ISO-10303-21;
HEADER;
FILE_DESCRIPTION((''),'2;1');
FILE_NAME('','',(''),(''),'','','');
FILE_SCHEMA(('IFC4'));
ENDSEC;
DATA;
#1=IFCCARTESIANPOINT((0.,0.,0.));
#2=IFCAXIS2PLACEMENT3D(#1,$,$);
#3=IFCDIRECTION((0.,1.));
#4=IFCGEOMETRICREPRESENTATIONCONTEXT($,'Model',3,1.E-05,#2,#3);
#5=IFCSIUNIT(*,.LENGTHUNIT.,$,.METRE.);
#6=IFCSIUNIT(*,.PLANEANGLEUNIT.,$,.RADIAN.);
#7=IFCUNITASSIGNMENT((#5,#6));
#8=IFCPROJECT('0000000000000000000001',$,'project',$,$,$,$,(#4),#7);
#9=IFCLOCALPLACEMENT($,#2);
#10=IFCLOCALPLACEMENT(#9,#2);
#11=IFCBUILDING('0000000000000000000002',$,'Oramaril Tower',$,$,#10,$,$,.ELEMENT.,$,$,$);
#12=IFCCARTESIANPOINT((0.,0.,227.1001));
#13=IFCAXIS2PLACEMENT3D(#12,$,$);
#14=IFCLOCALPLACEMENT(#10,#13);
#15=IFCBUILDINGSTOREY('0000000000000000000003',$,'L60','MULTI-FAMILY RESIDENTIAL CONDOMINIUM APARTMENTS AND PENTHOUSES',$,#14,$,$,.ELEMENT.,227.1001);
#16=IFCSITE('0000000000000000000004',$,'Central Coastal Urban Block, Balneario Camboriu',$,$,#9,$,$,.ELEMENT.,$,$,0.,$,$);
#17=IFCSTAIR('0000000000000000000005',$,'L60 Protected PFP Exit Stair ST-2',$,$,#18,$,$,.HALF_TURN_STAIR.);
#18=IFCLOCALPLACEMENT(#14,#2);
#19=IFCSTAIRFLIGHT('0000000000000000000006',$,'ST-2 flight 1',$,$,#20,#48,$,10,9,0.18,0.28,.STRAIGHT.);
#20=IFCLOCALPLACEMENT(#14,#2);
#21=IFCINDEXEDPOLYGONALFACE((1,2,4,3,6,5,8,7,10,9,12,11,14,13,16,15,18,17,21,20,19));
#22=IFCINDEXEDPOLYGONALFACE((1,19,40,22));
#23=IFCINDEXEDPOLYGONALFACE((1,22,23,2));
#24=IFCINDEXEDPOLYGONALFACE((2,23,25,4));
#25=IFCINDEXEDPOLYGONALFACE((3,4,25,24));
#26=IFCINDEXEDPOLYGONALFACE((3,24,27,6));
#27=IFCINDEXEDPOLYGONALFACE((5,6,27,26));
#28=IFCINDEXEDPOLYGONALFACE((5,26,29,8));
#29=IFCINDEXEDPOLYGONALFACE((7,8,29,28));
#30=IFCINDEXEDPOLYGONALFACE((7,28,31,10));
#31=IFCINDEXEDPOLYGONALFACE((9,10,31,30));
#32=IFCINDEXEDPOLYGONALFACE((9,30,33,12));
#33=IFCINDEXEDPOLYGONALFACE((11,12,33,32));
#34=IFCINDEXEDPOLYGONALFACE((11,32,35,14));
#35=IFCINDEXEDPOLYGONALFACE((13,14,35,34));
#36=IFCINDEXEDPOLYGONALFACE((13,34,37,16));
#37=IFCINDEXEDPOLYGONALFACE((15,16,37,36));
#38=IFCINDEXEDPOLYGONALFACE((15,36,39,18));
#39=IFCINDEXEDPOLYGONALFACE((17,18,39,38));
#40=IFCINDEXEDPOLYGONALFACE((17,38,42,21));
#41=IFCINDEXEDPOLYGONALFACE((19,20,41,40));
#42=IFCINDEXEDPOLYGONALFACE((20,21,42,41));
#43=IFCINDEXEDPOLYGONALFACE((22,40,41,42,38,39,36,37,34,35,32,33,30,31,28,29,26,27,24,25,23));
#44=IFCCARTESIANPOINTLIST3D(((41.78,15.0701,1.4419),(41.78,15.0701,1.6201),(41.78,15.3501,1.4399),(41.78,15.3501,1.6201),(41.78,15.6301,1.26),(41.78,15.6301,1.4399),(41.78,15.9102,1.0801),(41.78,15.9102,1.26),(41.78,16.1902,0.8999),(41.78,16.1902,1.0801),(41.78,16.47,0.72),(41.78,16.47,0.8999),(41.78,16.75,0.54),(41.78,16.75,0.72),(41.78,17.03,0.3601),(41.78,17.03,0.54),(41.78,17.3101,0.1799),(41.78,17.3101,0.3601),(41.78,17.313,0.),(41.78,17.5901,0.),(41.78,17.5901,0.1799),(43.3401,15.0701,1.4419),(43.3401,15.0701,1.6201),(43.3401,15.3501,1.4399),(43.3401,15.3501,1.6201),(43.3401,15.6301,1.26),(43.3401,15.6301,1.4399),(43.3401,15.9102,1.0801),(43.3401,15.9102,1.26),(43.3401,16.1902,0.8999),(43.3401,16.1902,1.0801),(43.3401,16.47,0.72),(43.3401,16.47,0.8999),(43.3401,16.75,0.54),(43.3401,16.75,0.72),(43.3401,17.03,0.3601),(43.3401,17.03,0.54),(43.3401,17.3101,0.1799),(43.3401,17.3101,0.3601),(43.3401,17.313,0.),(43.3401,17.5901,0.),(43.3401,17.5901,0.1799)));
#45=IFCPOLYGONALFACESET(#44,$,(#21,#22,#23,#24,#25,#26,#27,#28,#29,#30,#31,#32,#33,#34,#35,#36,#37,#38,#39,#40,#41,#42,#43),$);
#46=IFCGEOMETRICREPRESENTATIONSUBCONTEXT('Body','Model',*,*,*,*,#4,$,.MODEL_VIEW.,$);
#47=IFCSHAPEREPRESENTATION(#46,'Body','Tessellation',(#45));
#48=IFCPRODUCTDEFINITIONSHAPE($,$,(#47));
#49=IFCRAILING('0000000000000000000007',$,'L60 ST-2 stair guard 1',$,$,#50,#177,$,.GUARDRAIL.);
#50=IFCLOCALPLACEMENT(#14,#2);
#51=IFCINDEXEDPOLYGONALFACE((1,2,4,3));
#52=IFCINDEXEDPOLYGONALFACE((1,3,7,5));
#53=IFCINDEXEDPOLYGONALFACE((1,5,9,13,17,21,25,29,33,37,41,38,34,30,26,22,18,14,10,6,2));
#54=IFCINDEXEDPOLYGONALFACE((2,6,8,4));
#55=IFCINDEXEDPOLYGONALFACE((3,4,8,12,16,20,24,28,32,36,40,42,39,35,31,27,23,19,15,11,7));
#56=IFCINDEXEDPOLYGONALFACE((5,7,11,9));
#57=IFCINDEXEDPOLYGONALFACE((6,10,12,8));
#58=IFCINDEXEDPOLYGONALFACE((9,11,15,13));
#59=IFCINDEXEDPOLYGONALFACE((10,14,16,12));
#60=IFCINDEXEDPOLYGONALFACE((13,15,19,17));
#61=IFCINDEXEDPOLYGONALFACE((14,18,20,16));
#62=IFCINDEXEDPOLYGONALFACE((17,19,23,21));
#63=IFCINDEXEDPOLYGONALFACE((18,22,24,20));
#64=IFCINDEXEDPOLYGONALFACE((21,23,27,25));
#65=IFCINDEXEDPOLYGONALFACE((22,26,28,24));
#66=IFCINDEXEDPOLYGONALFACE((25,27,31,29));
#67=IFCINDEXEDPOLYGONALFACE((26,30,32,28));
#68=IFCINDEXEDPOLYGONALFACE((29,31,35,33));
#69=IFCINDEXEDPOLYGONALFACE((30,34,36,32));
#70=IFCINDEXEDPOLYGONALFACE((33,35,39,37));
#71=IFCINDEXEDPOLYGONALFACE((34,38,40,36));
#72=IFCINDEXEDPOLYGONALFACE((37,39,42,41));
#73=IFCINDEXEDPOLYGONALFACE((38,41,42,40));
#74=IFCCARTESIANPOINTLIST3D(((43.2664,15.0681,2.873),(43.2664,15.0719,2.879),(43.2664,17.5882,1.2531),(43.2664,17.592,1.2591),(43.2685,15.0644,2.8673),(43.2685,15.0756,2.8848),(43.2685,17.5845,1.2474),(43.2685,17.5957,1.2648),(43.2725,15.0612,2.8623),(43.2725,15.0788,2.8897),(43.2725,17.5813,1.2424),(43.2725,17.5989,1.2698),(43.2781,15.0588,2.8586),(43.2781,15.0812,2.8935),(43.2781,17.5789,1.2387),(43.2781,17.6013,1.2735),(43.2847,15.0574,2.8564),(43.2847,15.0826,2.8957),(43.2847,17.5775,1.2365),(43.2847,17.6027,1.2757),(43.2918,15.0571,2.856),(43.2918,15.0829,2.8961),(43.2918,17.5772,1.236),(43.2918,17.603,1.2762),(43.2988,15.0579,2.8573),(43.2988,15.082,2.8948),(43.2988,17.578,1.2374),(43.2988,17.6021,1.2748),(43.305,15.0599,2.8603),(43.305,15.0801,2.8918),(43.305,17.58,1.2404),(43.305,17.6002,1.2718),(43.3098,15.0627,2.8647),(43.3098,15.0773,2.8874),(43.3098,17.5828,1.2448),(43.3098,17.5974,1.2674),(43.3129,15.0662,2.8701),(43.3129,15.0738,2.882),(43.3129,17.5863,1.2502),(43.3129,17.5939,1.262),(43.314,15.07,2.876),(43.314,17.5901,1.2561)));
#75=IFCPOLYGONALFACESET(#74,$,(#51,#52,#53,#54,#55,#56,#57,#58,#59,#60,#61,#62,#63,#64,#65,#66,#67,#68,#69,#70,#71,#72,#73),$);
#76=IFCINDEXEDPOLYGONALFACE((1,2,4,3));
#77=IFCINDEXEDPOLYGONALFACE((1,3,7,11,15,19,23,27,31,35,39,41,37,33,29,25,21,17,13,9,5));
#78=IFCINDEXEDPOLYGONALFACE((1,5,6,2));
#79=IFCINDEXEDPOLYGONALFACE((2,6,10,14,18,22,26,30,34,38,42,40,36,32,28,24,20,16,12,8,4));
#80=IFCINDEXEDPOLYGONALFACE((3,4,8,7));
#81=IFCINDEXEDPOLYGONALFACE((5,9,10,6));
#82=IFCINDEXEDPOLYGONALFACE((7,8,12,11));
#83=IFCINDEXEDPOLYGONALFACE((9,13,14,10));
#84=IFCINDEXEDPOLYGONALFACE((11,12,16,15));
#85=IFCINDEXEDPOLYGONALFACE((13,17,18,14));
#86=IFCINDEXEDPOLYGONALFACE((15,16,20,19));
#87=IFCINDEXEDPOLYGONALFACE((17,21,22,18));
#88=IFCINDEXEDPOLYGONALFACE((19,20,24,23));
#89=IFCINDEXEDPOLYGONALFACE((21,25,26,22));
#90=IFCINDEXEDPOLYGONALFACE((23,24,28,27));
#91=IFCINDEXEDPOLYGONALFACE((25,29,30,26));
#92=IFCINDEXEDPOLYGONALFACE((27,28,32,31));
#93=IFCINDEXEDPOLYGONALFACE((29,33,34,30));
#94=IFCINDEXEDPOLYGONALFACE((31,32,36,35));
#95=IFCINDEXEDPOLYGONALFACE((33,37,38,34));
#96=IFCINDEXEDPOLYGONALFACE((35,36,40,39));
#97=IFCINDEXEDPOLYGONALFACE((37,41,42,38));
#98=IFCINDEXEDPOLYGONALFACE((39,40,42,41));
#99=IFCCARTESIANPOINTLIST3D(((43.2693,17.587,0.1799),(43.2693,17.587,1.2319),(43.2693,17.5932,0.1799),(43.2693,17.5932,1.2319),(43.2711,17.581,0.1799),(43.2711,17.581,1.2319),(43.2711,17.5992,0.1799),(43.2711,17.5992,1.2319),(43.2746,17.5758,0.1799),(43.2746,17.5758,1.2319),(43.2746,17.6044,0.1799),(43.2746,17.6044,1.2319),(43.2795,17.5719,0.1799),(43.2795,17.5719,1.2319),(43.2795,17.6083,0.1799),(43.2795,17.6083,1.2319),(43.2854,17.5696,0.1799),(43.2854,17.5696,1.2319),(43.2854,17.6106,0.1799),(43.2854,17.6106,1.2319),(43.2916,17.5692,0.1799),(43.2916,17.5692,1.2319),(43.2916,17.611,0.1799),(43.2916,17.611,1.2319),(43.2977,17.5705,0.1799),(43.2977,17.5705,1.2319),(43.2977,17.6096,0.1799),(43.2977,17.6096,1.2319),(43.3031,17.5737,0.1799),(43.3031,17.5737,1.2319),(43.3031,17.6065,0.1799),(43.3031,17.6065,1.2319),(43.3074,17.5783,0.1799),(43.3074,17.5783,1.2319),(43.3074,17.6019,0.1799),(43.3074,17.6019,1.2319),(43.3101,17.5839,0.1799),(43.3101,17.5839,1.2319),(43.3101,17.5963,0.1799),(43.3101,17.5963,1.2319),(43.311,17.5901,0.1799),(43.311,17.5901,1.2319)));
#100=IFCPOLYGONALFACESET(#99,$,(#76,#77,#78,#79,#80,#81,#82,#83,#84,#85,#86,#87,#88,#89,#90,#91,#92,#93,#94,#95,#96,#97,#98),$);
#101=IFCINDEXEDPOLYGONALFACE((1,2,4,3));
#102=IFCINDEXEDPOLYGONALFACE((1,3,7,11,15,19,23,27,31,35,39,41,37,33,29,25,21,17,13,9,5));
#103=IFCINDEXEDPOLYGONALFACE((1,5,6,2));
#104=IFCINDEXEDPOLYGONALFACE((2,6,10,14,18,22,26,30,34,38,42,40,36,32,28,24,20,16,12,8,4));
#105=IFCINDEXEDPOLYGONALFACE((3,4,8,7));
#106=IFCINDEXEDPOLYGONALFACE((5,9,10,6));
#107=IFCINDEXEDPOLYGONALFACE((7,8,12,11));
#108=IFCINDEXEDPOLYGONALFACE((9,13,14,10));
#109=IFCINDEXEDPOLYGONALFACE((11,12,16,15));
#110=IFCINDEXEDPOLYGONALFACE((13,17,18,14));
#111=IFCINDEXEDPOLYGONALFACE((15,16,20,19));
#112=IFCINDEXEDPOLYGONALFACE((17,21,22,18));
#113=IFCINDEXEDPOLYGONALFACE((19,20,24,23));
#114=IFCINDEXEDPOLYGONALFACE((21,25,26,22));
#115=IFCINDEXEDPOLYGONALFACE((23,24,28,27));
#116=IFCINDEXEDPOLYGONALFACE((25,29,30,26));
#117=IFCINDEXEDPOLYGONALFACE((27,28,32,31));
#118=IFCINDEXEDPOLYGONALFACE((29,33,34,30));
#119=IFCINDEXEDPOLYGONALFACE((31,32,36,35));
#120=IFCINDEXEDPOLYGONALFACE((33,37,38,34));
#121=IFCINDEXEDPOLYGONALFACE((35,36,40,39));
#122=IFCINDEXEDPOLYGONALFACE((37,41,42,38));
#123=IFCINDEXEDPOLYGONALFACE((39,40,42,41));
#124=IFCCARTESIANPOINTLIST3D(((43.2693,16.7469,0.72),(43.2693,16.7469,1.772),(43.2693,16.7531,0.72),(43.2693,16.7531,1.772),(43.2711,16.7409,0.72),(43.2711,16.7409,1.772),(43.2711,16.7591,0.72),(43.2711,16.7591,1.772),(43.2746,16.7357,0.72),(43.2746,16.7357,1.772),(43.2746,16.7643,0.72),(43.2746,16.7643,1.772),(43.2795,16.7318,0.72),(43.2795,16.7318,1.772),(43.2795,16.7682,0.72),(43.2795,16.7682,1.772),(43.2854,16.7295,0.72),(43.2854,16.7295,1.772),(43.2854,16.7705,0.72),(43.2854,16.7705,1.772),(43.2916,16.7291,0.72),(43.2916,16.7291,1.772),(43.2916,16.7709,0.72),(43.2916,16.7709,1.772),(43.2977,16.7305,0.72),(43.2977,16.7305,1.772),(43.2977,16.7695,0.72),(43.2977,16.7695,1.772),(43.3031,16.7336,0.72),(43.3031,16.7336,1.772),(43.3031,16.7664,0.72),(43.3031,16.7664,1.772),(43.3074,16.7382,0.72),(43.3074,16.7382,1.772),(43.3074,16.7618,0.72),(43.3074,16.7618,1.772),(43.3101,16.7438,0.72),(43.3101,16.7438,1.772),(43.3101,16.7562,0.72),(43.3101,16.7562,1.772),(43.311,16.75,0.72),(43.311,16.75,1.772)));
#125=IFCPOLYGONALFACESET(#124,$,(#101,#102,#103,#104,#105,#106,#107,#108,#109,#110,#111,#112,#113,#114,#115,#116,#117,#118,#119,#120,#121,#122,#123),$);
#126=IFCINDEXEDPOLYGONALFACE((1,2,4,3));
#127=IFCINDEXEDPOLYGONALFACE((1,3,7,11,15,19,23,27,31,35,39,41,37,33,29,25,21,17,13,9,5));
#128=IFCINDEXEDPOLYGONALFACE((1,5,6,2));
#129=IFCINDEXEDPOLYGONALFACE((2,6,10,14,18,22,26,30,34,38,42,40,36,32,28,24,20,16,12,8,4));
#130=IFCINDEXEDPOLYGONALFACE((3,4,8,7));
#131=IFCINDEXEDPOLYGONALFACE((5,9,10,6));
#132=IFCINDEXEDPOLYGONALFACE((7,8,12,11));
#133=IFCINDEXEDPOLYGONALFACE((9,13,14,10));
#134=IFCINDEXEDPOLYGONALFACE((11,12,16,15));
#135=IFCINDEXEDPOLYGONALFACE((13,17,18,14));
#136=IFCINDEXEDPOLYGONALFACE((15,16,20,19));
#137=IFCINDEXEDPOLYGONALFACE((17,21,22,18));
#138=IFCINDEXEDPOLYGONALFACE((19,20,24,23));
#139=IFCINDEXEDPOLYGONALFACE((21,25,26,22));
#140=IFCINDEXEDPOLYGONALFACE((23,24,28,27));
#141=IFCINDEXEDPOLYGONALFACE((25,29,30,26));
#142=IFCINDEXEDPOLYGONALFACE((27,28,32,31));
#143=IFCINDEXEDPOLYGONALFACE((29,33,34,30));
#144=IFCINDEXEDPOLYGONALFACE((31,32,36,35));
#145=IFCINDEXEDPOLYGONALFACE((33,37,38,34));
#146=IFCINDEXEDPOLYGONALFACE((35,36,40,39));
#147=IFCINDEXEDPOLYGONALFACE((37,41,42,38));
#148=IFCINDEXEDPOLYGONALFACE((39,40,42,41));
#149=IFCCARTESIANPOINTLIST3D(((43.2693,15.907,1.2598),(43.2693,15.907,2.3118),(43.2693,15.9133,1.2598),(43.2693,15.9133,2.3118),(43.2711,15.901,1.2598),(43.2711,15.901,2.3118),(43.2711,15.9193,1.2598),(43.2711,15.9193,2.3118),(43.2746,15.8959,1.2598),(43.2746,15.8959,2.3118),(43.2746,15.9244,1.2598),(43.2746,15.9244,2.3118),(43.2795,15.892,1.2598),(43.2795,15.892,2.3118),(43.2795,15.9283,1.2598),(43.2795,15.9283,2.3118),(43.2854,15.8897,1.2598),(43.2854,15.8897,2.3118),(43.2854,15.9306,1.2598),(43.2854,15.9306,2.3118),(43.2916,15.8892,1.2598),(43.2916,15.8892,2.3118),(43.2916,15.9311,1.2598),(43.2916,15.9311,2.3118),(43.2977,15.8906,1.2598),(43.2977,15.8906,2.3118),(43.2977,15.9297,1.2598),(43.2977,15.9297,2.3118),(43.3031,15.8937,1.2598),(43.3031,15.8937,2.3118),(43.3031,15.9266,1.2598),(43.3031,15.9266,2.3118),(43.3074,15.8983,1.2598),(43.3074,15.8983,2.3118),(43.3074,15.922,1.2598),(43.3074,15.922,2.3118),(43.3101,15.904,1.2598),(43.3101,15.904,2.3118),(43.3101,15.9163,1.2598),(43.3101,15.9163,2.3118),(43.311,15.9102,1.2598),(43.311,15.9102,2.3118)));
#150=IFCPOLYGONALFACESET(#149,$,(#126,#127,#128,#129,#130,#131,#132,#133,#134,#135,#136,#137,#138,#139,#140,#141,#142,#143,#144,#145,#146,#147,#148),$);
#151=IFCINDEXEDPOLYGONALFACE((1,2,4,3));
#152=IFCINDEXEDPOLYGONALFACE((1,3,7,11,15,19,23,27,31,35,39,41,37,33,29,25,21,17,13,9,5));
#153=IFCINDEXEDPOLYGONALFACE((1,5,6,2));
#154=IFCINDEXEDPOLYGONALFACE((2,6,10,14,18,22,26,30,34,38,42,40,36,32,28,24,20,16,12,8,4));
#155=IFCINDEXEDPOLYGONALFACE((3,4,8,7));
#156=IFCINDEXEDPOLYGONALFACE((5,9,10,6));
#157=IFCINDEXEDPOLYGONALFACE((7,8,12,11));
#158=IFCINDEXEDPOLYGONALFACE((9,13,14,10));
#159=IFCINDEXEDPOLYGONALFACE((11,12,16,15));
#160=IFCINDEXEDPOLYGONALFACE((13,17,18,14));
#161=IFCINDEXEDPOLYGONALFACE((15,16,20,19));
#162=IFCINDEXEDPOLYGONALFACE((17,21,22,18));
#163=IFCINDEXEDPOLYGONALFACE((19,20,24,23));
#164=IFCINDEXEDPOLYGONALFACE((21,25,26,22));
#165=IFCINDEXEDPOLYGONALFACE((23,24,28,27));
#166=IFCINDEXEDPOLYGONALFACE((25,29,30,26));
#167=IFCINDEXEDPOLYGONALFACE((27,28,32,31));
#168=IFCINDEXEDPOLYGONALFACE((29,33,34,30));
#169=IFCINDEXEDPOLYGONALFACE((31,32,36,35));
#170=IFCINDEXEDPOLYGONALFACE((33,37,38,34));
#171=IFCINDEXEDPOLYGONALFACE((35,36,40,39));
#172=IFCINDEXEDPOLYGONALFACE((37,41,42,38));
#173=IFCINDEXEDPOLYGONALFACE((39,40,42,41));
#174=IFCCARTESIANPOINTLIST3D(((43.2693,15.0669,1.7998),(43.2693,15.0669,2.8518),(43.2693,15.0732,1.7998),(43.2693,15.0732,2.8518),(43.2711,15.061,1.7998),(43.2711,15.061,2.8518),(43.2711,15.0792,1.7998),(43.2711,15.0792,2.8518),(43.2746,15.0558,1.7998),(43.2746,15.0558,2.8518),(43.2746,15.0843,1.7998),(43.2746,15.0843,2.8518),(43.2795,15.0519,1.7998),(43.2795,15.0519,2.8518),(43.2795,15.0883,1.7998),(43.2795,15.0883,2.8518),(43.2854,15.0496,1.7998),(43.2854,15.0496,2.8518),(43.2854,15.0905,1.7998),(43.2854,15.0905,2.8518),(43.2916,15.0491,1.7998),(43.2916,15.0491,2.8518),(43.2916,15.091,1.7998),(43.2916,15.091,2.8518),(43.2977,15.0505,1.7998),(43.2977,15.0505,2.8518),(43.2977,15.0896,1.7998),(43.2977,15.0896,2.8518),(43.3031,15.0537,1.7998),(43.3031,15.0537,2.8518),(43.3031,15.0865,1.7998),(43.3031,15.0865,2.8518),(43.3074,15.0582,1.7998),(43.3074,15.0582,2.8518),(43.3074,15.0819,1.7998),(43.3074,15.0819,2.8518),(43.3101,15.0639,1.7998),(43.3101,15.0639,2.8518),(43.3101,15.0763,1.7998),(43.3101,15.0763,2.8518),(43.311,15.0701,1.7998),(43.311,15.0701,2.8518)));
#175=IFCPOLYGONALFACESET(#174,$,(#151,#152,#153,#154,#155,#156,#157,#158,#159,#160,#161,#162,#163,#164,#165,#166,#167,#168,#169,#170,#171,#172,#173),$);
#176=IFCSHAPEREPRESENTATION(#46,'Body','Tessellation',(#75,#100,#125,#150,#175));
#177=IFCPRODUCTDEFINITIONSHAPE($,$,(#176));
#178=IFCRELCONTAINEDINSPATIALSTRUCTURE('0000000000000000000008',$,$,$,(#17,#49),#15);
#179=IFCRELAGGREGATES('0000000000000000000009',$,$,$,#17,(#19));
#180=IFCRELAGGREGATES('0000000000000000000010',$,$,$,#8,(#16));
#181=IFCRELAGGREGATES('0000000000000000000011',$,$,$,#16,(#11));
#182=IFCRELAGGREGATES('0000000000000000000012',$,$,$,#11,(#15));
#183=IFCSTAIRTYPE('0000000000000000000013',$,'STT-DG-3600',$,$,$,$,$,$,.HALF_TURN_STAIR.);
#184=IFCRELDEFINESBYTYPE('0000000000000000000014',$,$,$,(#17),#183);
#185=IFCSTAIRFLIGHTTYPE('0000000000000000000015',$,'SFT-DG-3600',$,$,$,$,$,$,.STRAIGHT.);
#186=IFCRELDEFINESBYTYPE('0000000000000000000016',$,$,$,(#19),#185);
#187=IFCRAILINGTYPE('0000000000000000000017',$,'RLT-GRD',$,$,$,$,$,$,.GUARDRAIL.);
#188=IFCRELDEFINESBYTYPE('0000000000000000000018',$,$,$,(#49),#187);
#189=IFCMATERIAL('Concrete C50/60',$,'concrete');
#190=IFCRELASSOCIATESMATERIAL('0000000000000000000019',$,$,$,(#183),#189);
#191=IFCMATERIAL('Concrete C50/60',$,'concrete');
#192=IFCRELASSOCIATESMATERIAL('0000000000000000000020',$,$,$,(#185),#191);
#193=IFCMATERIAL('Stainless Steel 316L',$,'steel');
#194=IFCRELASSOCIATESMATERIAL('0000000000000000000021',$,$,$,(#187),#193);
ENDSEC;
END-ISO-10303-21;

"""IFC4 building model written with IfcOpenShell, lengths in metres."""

from ifc_helpers import new_model, si_unit, direction, frame, origin, origin_2d, place, context, subcontext, project, spatial, polyline, circle, outline, extrude, material, type_object, element, aggregate, save


model = new_model("IFC4")

# Units and contexts
model_context = context("Model", 3, precision=1e-05, world=origin(), true_north=direction((0.0, 1.0)))
body_context = subcontext(model_context, "Body", "Model", "MODEL_VIEW")
ifc_project = project(units=[si_unit("LENGTHUNIT", "METRE"), si_unit("PLANEANGLEUNIT", "RADIAN")], contexts=[model_context])

# Site, building, storey
site_placement = place(None, origin())
site = spatial("IfcSite", under=ifc_project, at=site_placement, Name="Central Coastal Urban Block, Balneario Camboriu", CompositionType="ELEMENT", RefElevation=0.0)
building_placement = place(site_placement, origin())
building = spatial("IfcBuilding", under=site, at=building_placement, Name="Oramaril Tower", CompositionType="ELEMENT")
storey_placement = place(building_placement, frame((0.0, 0.0, 227.1001)))
storey = spatial("IfcBuildingStorey", under=building, at=storey_placement, Name="L60", Description="MULTI-FAMILY RESIDENTIAL CONDOMINIUM APARTMENTS AND PENTHOUSES", CompositionType="ELEMENT", Elevation=227.1001)

# Stair, stair flight
ifc_material_1 = material(Name="Concrete C50/60", Category="concrete")
stair_type = type_object("IfcStairType", Name="STT-DG-3600", PredefinedType="HALF_TURN_STAIR", material=ifc_material_1)
stair_placement = place(storey_placement, origin())
stair = element("IfcStair", 1, at=stair_placement, inside=storey, type_object=stair_type, Name="L60 Protected PFP Exit Stair ST-2", PredefinedType="HALF_TURN_STAIR")
ifc_material_2 = material(Name="Concrete C50/60", Category="concrete")
stair_flight_type = type_object("IfcStairFlightType", Name="SFT-DG-3600", PredefinedType="STRAIGHT", material=ifc_material_2)
stair_flight_placement = place(storey_placement, frame((42.5601, 17.5901, 0.0), z_axis=(0.0, 0.0, 1.0), x_axis=(0.0, -1.0, 0.0)))
stair_flight = element("IfcStairFlight", 2, at=stair_flight_placement, type_object=stair_flight_type, Name="ST-2 flight 1", NumberOfRisers=10, NumberOfTreads=9, PredefinedType="STRAIGHT", RiserHeight=0.18, TreadLength=0.28, context=body_context, shape_type="SweptSolid", body=[
    extrude(outline(polyline([(0.0, 0.0), (0.0, 0.1799), (0.28, 0.1799), (0.28, 0.3601), (0.5601, 0.3601), (0.5601, 0.54), (0.8401, 0.54), (0.8401, 0.72), (1.1201, 0.72), (1.1201, 0.8999), (1.3999, 0.8999), (1.3999, 1.0801), (1.6799, 1.0801), (1.6799, 1.26), (1.96, 1.26), (1.96, 1.4399), (2.24, 1.4399), (2.24, 1.6201), (2.52, 1.6201), (2.52, 1.8), (2.52, 1.4419), (0.2771, 0.0), (0.0, 0.0)])), frame((0.0, 0.78, 0.0), z_axis=(0.0, -1.0, 0.0), x_axis=(1.0, 0.0, 0.0)), (0.0, 0.0, 1.0), 1.5601),
])
aggregate(stair, [stair_flight])

# Railing
ifc_material_3 = material(Name="Stainless Steel 316L", Category="steel")
railing_type_1 = type_object("IfcRailingType", Name="RLT-GRD", PredefinedType="GUARDRAIL", material=ifc_material_3)
railing_1_placement = place(storey_placement, frame((43.29, 17.5901, 0.1799)))
element("IfcRailing", 3, at=railing_1_placement, inside=storey, type_object=railing_type_1, Name="L60 ST-2 stair guard 1", PredefinedType="GUARDRAIL", context=body_context, shape_type="SweptSolid", body=[
    extrude(circle(Radius=0.0239, at=origin_2d()), frame((0.0, 0.0, 1.0762), z_axis=(0.0, -0.8412, 0.540725), x_axis=(1.0, 0.0, 0.0)), (0.0, 0.0, 1.0), 2.9958),
    extrude(circle(Radius=0.021, at=origin_2d()), origin(), (0.0, 0.0, 1.0), 1.052),
    extrude(circle(Radius=0.021, at=origin_2d()), frame((0.0, -0.8401, 0.54)), (0.0, 0.0, 1.0), 1.052),
    extrude(circle(Radius=0.021, at=origin_2d()), frame((0.0, -1.6799, 1.0798)), (0.0, 0.0, 1.0), 1.052),
    extrude(circle(Radius=0.021, at=origin_2d()), frame((0.0, -2.52, 1.6199)), (0.0, 0.0, 1.0), 1.052),
])

save(model, "model.ifc")
